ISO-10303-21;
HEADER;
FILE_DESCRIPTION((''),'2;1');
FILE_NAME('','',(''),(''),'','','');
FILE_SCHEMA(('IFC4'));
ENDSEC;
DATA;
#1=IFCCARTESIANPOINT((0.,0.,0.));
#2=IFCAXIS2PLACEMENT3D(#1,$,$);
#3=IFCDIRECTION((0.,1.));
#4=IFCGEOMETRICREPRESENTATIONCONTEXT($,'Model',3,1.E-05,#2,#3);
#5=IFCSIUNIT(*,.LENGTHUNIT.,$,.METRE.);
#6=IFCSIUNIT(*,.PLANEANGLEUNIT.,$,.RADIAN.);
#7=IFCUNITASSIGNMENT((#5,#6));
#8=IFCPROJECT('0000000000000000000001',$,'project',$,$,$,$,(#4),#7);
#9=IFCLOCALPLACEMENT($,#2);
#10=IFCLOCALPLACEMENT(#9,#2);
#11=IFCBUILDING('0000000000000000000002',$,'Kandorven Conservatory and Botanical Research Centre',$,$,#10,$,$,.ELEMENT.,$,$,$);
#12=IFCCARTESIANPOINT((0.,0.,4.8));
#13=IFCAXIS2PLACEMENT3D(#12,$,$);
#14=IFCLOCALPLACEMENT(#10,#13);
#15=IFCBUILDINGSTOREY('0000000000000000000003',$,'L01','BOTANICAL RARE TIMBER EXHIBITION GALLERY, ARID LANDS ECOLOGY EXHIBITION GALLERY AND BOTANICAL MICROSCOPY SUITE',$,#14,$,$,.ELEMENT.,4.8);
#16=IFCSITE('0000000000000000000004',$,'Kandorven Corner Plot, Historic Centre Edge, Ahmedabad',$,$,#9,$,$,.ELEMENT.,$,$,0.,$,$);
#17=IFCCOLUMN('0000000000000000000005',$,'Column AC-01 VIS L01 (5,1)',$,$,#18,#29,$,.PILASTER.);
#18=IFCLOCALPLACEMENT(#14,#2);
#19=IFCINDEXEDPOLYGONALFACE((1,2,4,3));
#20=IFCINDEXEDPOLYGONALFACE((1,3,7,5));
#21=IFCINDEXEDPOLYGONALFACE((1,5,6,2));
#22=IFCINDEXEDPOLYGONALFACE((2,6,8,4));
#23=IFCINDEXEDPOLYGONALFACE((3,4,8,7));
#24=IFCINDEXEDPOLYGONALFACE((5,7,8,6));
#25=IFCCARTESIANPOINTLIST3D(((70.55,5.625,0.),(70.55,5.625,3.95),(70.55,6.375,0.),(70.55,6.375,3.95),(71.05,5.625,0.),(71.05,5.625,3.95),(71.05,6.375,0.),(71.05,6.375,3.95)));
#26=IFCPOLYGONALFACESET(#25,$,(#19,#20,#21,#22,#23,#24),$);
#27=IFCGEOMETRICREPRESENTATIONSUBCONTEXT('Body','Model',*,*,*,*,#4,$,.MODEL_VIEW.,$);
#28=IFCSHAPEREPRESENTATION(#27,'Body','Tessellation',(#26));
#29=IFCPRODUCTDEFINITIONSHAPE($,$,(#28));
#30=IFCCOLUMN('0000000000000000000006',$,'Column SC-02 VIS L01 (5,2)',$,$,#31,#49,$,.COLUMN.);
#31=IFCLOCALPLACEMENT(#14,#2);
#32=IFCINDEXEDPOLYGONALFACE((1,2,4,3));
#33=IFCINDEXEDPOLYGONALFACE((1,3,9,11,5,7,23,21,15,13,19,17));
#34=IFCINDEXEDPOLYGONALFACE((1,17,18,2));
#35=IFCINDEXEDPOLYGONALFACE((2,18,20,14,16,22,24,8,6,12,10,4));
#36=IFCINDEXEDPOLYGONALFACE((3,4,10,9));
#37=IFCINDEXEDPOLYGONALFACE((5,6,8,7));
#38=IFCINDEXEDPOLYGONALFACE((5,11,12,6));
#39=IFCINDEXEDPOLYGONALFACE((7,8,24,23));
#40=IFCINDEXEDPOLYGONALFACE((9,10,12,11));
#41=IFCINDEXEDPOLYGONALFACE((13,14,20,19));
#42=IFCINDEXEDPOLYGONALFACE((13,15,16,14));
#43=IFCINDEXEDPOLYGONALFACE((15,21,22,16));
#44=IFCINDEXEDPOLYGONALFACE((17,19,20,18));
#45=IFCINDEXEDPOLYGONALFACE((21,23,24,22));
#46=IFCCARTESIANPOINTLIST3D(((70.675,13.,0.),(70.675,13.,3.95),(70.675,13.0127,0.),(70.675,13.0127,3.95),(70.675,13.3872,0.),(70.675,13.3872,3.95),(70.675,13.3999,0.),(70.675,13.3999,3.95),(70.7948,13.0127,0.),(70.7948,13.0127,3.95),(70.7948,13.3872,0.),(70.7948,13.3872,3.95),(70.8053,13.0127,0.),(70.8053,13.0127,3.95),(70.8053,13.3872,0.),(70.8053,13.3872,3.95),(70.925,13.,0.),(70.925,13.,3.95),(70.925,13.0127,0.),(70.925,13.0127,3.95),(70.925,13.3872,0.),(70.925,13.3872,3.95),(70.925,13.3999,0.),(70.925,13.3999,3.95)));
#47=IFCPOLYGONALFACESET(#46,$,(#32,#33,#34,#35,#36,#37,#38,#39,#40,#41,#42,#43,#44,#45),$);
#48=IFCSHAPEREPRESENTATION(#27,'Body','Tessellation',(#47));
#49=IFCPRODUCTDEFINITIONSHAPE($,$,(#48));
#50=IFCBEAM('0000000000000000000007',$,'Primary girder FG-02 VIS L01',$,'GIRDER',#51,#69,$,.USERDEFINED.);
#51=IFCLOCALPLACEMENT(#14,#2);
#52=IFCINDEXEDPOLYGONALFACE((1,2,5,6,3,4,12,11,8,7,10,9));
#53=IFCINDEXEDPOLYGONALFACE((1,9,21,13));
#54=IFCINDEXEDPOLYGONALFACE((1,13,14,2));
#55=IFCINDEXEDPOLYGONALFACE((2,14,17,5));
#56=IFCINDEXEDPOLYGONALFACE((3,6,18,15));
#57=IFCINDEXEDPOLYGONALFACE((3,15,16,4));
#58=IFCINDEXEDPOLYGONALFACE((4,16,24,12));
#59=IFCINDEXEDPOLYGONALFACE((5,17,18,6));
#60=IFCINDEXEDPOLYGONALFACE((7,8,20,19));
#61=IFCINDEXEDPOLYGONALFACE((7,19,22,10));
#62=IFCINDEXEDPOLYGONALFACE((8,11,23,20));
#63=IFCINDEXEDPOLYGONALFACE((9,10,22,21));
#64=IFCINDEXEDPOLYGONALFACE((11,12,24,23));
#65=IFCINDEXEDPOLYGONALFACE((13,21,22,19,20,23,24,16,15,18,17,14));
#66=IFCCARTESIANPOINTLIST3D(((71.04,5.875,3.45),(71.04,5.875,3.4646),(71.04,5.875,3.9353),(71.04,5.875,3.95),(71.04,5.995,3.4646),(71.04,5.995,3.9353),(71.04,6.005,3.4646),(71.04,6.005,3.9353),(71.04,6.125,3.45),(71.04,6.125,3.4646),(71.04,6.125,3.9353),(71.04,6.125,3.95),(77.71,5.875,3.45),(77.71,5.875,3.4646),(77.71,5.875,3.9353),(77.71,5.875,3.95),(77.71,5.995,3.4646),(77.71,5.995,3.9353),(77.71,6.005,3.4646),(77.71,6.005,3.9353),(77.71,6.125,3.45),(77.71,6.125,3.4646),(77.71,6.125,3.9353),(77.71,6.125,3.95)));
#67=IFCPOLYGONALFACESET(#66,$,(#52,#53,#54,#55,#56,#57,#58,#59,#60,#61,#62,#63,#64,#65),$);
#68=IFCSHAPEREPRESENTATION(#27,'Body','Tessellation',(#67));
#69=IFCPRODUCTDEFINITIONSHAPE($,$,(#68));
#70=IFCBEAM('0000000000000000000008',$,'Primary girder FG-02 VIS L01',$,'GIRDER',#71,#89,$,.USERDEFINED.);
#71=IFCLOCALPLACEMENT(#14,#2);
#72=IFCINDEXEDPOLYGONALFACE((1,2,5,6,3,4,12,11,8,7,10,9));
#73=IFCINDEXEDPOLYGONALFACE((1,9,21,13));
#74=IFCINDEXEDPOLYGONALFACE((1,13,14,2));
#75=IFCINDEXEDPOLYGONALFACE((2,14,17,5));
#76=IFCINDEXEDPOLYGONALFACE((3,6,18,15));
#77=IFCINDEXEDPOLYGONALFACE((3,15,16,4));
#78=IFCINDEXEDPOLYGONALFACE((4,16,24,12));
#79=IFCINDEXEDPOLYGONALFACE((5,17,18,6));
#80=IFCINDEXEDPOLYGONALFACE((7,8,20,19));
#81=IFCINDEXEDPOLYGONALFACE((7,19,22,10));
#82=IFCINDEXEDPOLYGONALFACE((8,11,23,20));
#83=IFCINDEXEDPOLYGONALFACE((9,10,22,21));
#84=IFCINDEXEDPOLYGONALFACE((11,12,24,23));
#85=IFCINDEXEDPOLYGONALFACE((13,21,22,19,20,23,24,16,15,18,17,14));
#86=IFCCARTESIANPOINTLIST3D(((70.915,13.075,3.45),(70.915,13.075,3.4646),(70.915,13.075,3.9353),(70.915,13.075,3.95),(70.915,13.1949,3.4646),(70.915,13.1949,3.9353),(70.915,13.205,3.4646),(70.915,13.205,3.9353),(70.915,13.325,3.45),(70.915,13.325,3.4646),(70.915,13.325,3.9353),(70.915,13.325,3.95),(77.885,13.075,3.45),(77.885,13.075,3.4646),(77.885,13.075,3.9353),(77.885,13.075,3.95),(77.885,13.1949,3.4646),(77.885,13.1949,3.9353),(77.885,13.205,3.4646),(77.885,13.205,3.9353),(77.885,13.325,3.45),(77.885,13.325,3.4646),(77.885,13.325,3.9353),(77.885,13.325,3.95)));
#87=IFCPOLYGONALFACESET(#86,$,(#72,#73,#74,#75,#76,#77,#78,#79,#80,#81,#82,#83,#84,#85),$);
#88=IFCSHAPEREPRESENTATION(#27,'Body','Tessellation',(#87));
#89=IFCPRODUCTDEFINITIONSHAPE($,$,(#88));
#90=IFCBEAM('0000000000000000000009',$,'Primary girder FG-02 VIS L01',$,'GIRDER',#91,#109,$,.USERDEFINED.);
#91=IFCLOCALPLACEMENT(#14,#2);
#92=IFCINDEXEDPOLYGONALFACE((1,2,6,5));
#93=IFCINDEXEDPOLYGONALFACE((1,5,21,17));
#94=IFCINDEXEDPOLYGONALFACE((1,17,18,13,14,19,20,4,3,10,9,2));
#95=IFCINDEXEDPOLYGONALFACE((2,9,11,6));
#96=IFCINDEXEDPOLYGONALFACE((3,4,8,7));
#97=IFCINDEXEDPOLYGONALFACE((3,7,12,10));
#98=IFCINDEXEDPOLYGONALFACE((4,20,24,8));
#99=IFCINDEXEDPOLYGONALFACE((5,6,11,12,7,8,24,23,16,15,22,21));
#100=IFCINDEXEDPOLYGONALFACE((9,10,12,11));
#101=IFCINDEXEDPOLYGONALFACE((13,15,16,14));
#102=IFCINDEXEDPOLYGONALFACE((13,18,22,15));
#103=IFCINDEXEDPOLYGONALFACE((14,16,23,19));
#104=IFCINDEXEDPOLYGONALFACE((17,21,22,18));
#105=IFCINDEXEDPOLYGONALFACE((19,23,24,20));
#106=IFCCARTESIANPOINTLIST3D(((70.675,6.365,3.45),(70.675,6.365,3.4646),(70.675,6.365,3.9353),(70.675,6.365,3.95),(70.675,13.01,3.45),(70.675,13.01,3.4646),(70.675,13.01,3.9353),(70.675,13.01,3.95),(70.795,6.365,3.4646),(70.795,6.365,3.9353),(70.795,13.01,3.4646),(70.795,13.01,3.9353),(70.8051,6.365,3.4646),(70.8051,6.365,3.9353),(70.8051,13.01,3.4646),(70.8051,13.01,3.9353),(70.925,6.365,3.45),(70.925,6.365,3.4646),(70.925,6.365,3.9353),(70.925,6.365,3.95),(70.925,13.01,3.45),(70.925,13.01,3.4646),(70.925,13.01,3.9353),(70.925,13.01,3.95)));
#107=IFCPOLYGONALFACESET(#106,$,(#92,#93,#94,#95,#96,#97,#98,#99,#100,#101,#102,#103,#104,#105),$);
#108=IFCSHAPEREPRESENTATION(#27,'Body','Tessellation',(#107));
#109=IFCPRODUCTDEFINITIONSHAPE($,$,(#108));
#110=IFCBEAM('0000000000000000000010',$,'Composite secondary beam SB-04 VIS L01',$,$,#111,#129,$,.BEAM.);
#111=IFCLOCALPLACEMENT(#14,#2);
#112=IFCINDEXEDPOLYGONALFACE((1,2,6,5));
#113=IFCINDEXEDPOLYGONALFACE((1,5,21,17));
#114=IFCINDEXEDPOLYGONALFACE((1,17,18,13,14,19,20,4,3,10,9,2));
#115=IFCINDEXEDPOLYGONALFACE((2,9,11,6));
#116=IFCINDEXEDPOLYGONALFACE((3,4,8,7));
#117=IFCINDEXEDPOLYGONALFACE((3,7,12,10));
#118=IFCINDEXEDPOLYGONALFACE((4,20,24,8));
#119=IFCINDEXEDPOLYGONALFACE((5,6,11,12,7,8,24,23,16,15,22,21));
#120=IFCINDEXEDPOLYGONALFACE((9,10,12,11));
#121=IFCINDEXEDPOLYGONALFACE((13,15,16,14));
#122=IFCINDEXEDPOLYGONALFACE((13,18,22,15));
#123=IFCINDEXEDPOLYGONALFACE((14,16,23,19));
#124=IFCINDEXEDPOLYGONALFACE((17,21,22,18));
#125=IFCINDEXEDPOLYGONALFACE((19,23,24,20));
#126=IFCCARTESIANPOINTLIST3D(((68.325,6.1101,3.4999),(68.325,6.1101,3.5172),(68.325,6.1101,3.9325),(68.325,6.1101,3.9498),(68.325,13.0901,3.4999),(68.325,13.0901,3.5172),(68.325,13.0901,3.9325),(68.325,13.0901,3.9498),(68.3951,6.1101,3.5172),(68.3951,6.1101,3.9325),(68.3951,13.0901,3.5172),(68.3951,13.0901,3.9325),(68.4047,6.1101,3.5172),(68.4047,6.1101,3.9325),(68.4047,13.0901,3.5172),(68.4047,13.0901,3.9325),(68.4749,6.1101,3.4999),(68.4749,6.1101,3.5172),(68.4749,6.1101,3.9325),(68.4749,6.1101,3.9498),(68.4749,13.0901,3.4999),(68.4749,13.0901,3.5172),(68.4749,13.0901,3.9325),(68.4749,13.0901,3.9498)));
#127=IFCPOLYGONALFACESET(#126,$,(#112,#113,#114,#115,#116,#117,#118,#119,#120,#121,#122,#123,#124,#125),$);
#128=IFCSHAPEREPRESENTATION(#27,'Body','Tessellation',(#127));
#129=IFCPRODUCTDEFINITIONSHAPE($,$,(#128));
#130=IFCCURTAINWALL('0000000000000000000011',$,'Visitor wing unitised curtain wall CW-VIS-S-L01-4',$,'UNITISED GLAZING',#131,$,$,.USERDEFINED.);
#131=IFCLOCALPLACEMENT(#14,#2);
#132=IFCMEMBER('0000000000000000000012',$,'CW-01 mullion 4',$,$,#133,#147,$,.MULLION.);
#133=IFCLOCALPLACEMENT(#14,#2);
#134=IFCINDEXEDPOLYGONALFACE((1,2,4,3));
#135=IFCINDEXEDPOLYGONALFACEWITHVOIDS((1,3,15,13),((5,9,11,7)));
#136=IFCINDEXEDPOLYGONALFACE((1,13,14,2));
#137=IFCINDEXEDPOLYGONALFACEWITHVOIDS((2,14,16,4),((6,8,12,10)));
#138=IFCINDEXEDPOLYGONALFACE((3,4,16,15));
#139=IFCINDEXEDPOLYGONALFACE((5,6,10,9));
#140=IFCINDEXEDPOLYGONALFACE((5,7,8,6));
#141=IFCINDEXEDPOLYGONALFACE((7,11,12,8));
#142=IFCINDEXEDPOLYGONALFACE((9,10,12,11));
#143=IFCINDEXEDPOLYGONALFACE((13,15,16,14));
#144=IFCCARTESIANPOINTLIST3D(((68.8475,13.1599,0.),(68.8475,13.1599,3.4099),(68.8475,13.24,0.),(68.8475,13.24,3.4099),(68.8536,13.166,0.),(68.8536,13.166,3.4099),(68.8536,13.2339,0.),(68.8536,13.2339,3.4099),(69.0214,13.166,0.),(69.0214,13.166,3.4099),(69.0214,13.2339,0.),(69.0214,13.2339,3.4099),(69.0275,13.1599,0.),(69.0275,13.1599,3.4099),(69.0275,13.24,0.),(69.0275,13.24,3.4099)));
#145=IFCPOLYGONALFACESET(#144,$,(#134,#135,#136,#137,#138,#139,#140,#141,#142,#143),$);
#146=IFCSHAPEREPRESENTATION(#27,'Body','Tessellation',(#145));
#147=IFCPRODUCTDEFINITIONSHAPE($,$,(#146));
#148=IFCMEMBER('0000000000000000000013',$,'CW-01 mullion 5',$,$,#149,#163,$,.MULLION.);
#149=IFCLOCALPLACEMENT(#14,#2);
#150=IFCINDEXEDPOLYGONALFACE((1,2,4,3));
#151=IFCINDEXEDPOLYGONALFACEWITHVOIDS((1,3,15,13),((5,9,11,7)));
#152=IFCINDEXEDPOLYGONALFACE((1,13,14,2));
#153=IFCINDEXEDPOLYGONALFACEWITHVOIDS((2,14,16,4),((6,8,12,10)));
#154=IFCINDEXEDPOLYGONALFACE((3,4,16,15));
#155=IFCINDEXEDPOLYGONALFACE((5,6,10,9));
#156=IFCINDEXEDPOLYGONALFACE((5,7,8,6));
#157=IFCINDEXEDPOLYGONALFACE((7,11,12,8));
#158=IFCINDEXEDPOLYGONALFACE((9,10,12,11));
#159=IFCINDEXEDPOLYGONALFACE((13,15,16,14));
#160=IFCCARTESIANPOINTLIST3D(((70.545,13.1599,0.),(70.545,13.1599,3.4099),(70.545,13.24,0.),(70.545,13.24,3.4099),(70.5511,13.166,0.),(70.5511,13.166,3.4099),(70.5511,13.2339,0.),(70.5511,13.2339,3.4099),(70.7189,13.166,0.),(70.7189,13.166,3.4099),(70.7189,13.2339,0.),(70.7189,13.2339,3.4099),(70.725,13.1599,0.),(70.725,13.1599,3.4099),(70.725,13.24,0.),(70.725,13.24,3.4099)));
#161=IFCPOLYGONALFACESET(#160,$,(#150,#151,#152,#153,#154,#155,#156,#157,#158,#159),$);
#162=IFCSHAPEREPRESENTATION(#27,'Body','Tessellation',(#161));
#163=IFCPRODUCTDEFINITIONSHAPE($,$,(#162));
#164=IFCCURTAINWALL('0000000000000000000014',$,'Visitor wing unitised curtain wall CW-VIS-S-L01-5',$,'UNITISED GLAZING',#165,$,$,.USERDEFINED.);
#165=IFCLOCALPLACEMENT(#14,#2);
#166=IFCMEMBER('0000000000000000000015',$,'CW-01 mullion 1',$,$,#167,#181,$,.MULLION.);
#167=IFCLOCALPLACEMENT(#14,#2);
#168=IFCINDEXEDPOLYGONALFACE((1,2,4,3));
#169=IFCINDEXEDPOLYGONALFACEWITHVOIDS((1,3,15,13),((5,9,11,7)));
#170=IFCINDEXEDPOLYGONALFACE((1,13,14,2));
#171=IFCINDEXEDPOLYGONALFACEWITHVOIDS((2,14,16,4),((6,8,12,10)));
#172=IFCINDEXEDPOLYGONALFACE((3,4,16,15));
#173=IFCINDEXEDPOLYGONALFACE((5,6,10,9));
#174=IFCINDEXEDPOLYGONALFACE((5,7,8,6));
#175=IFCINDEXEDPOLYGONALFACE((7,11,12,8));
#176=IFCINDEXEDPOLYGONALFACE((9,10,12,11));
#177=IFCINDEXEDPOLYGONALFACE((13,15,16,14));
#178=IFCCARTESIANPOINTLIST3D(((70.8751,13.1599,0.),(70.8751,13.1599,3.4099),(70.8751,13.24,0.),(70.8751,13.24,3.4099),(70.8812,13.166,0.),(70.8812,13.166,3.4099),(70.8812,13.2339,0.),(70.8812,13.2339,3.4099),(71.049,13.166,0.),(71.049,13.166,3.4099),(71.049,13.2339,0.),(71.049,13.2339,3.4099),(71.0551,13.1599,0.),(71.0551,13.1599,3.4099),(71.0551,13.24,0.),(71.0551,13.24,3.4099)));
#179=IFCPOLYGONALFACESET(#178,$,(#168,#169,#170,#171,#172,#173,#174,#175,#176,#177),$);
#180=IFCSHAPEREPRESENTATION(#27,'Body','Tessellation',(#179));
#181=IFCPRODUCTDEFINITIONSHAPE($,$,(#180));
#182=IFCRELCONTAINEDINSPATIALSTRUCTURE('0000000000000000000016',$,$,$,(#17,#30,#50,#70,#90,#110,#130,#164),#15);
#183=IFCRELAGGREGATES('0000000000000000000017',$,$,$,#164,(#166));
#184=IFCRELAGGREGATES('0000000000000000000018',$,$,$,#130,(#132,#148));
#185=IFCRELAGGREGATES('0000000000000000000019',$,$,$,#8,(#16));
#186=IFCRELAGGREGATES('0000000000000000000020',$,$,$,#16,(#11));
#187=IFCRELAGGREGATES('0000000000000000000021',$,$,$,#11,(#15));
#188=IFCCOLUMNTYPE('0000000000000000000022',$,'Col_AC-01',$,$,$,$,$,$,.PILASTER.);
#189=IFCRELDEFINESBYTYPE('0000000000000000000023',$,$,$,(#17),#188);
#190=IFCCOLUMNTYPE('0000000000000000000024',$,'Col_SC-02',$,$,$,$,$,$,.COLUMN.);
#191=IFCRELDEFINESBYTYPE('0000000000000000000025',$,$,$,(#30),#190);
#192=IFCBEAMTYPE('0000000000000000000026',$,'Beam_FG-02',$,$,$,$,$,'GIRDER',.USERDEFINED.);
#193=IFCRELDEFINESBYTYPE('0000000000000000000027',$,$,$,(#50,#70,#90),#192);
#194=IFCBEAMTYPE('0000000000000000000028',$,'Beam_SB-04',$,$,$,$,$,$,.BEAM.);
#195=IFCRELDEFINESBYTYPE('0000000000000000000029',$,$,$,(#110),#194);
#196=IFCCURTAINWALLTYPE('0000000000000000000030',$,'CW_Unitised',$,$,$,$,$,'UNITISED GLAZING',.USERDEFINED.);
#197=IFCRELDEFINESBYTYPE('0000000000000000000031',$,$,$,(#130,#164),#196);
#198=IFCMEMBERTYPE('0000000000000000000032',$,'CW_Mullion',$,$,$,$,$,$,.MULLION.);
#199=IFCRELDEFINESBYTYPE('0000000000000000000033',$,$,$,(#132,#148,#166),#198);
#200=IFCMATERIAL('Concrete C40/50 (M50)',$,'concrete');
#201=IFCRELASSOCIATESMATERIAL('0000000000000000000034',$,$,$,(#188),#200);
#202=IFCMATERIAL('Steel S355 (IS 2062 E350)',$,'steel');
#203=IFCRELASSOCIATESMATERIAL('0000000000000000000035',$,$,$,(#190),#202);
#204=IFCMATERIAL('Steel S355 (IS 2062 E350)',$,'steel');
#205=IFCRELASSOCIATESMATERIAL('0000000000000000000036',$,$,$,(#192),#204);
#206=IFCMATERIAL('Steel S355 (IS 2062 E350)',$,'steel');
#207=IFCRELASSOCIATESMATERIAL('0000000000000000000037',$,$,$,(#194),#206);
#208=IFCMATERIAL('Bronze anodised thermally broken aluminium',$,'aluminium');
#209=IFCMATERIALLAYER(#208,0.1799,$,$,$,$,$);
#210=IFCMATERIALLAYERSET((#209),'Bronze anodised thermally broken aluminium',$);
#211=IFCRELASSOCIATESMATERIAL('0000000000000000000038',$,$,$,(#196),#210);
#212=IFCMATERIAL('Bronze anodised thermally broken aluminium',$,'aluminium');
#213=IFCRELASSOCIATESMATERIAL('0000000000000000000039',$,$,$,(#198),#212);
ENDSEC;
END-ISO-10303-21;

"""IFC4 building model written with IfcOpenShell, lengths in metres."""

from ifc_helpers import new_model, si_unit, direction, frame, origin, origin_2d, place, context, subcontext, project, spatial, rectangle, hollow_rectangle, i_section, extrude, material, layer, layer_set, material_profile, profile_set, type_object, element, aggregate, save


model = new_model("IFC4")

# Units and contexts
model_context = context("Model", 3, precision=1e-05, world=origin(), true_north=direction((0.0, 1.0)))
body_context = subcontext(model_context, "Body", "Model", "MODEL_VIEW")
ifc_project = project(units=[si_unit("LENGTHUNIT", "METRE"), si_unit("PLANEANGLEUNIT", "RADIAN")], contexts=[model_context])

# Site, building, storey
site_placement = place(None, origin())
site = spatial("IfcSite", under=ifc_project, at=site_placement, Name="Kandorven Corner Plot, Historic Centre Edge, Ahmedabad", CompositionType="ELEMENT", RefElevation=0.0)
building_placement = place(site_placement, origin())
building = spatial("IfcBuilding", under=site, at=building_placement, Name="Kandorven Conservatory and Botanical Research Centre", CompositionType="ELEMENT")
storey_placement = place(building_placement, frame((0.0, 0.0, 4.8)))
storey = spatial("IfcBuildingStorey", under=building, at=storey_placement, Name="L01", Description="BOTANICAL RARE TIMBER EXHIBITION GALLERY, ARID LANDS ECOLOGY EXHIBITION GALLERY AND BOTANICAL MICROSCOPY SUITE", CompositionType="ELEMENT", Elevation=4.8)

# Columns
ifc_material_1 = material(Name="Concrete C40/50 (M50)", Category="concrete")
ifc_material_profile_1 = material_profile(ifc_material_1, rectangle(XDim=0.5, YDim=0.75, at=origin_2d()))
ifc_profile_set_1 = profile_set([ifc_material_profile_1], Name="Concrete C40/50 (M50)")
column_type_1 = type_object("IfcColumnType", Name="Col_AC-01", PredefinedType="PILASTER", material=ifc_profile_set_1)
column_1_placement = place(storey_placement, frame((70.8, 6.0, 0.0), z_axis=(0.0, 0.0, 1.0), x_axis=(1.0, 0.0, 0.0)))
element("IfcColumn", 1, at=column_1_placement, inside=storey, type_object=column_type_1, Name="Column AC-01 VIS L01 (5,1)", PredefinedType="PILASTER", context=body_context, shape_type="SweptSolid", body=[
    extrude(rectangle(XDim=0.5, YDim=0.75, at=origin_2d()), origin(), (0.0, 0.0, 1.0), 3.95),
])
ifc_material_2 = material(Name="Steel S355 (IS 2062 E350)", Category="steel")
ifc_material_profile_2 = material_profile(ifc_material_2, i_section(OverallWidth=0.25, OverallDepth=0.3999, WebThickness=0.0105, FlangeThickness=0.0127, at=origin_2d()))
ifc_profile_set_2 = profile_set([ifc_material_profile_2], Name="Steel S355 (IS 2062 E350)")
column_type_2 = type_object("IfcColumnType", Name="Col_SC-02", PredefinedType="COLUMN", material=ifc_profile_set_2)
column_2_placement = place(storey_placement, frame((70.8, 13.2, 0.0), z_axis=(0.0, 0.0, 1.0), x_axis=(1.0, 0.0, 0.0)))
element("IfcColumn", 2, at=column_2_placement, inside=storey, type_object=column_type_2, Name="Column SC-02 VIS L01 (5,2)", PredefinedType="COLUMN", context=body_context, shape_type="SweptSolid", body=[
    extrude(i_section(OverallWidth=0.25, OverallDepth=0.3999, WebThickness=0.0105, FlangeThickness=0.0127, at=origin_2d()), origin(), (0.0, 0.0, 1.0), 3.95),
])

# Beams
ifc_material_3 = material(Name="Steel S355 (IS 2062 E350)", Category="steel")
ifc_material_profile_3 = material_profile(ifc_material_3, i_section(OverallWidth=0.25, OverallDepth=0.5, WebThickness=0.01, FlangeThickness=0.0146, at=origin_2d()))
ifc_profile_set_3 = profile_set([ifc_material_profile_3], Name="Steel S355 (IS 2062 E350)")
beam_type_1 = type_object("IfcBeamType", Name="Beam_FG-02", ElementType="GIRDER", PredefinedType="USERDEFINED", material=ifc_profile_set_3)
beam_1_placement = place(storey_placement, frame((71.04, 6.0, 3.7), z_axis=(1.0, 0.0, 0.0), x_axis=(0.0, 1.0, 0.0)))
element("IfcBeam", 3, at=beam_1_placement, inside=storey, type_object=beam_type_1, Name="Primary girder FG-02 VIS L01", ObjectType="GIRDER", PredefinedType="USERDEFINED", context=body_context, shape_type="SweptSolid", body=[
    extrude(i_section(OverallWidth=0.25, OverallDepth=0.5, WebThickness=0.01, FlangeThickness=0.0146, at=origin_2d()), origin(), (0.0, 0.0, 1.0), 6.6699),
])
beam_2_placement = place(storey_placement, frame((70.915, 13.2, 3.7), z_axis=(1.0, 0.0, 0.0), x_axis=(0.0, 1.0, 0.0)))
element("IfcBeam", 4, at=beam_2_placement, inside=storey, type_object=beam_type_1, Name="Primary girder FG-02 VIS L01", ObjectType="GIRDER", PredefinedType="USERDEFINED", context=body_context, shape_type="SweptSolid", body=[
    extrude(i_section(OverallWidth=0.25, OverallDepth=0.5, WebThickness=0.01, FlangeThickness=0.0146, at=origin_2d()), origin(), (0.0, 0.0, 1.0), 6.97),
])
beam_3_placement = place(storey_placement, frame((70.8, 6.365, 3.7), z_axis=(0.0, 1.0, 0.0), x_axis=(-1.0, 0.0, 0.0)))
element("IfcBeam", 5, at=beam_3_placement, inside=storey, type_object=beam_type_1, Name="Primary girder FG-02 VIS L01", ObjectType="GIRDER", PredefinedType="USERDEFINED", context=body_context, shape_type="SweptSolid", body=[
    extrude(i_section(OverallWidth=0.25, OverallDepth=0.5, WebThickness=0.01, FlangeThickness=0.0146, at=origin_2d()), origin(), (0.0, 0.0, 1.0), 6.645),
])
ifc_material_4 = material(Name="Steel S355 (IS 2062 E350)", Category="steel")
ifc_material_profile_4 = material_profile(ifc_material_4, i_section(OverallWidth=0.1499, OverallDepth=0.45, WebThickness=0.0095, FlangeThickness=0.0173, at=origin_2d()))
ifc_profile_set_4 = profile_set([ifc_material_profile_4], Name="Steel S355 (IS 2062 E350)")
beam_type_2 = type_object("IfcBeamType", Name="Beam_SB-04", PredefinedType="BEAM", material=ifc_profile_set_4)
beam_4_placement = place(storey_placement, frame((68.3999, 6.1101, 3.7249), z_axis=(0.0, 1.0, 0.0), x_axis=(-1.0, 0.0, 0.0)))
element("IfcBeam", 6, at=beam_4_placement, inside=storey, type_object=beam_type_2, Name="Composite secondary beam SB-04 VIS L01", PredefinedType="BEAM", context=body_context, shape_type="SweptSolid", body=[
    extrude(i_section(OverallWidth=0.1499, OverallDepth=0.45, WebThickness=0.0095, FlangeThickness=0.0173, at=origin_2d()), origin(), (0.0, 0.0, 1.0), 6.98),
])

# Curtain wall, members
ifc_material_5 = material(Name="Bronze anodised thermally broken aluminium", Category="aluminium")
ifc_layer_1 = layer(ifc_material_5, 0.1799)
ifc_layer_set_1 = layer_set([ifc_layer_1], Name="Bronze anodised thermally broken aluminium")
curtain_wall_type = type_object("IfcCurtainWallType", Name="CW_Unitised", ElementType="UNITISED GLAZING", PredefinedType="USERDEFINED", material=ifc_layer_set_1)
curtain_wall_1_placement = place(storey_placement, origin())
curtain_wall_1 = element("IfcCurtainWall", 7, at=curtain_wall_1_placement, inside=storey, type_object=curtain_wall_type, Name="Visitor wing unitised curtain wall CW-VIS-S-L01-4", ObjectType="UNITISED GLAZING", PredefinedType="USERDEFINED")
ifc_material_6 = material(Name="Bronze anodised thermally broken aluminium", Category="aluminium")
ifc_material_profile_5 = material_profile(ifc_material_6, hollow_rectangle(XDim=0.0801, YDim=0.1799, WallThickness=0.0061, at=origin_2d()))
ifc_profile_set_5 = profile_set([ifc_material_profile_5], Name="Bronze anodised thermally broken aluminium")
member_type_1 = type_object("IfcMemberType", Name="CW_Mullion", PredefinedType="MULLION", material=ifc_profile_set_5)
member_1_placement = place(storey_placement, frame((68.9375, 13.2, 0.0), z_axis=(0.0, 0.0, 1.0), x_axis=(0.0, 1.0, 0.0)))
member_1 = element("IfcMember", 8, at=member_1_placement, type_object=member_type_1, Name="CW-01 mullion 4", PredefinedType="MULLION", context=body_context, shape_type="SweptSolid", body=[
    extrude(hollow_rectangle(XDim=0.0801, YDim=0.1799, WallThickness=0.0061, at=origin_2d()), origin(), (0.0, 0.0, 1.0), 3.4099),
])
member_2_placement = place(storey_placement, frame((70.635, 13.2, 0.0), z_axis=(0.0, 0.0, 1.0), x_axis=(0.0, 1.0, 0.0)))
member_2 = element("IfcMember", 9, at=member_2_placement, type_object=member_type_1, Name="CW-01 mullion 5", PredefinedType="MULLION", context=body_context, shape_type="SweptSolid", body=[
    extrude(hollow_rectangle(XDim=0.0801, YDim=0.1799, WallThickness=0.0061, at=origin_2d()), origin(), (0.0, 0.0, 1.0), 3.4099),
])

# Curtain wall, member
curtain_wall_2_placement = place(storey_placement, origin())
curtain_wall_2 = element("IfcCurtainWall", 10, at=curtain_wall_2_placement, inside=storey, type_object=curtain_wall_type, Name="Visitor wing unitised curtain wall CW-VIS-S-L01-5", ObjectType="UNITISED GLAZING", PredefinedType="USERDEFINED")
member_3_placement = place(storey_placement, frame((70.9651, 13.2, 0.0), z_axis=(0.0, 0.0, 1.0), x_axis=(0.0, 1.0, 0.0)))
member_3 = element("IfcMember", 11, at=member_3_placement, type_object=member_type_1, Name="CW-01 mullion 1", PredefinedType="MULLION", context=body_context, shape_type="SweptSolid", body=[
    extrude(hollow_rectangle(XDim=0.0801, YDim=0.1799, WallThickness=0.0061, at=origin_2d()), origin(), (0.0, 0.0, 1.0), 3.4099),
])

aggregate(curtain_wall_2, [member_3])

aggregate(curtain_wall_1, [member_1, member_2])

save(model, "model.ifc")
